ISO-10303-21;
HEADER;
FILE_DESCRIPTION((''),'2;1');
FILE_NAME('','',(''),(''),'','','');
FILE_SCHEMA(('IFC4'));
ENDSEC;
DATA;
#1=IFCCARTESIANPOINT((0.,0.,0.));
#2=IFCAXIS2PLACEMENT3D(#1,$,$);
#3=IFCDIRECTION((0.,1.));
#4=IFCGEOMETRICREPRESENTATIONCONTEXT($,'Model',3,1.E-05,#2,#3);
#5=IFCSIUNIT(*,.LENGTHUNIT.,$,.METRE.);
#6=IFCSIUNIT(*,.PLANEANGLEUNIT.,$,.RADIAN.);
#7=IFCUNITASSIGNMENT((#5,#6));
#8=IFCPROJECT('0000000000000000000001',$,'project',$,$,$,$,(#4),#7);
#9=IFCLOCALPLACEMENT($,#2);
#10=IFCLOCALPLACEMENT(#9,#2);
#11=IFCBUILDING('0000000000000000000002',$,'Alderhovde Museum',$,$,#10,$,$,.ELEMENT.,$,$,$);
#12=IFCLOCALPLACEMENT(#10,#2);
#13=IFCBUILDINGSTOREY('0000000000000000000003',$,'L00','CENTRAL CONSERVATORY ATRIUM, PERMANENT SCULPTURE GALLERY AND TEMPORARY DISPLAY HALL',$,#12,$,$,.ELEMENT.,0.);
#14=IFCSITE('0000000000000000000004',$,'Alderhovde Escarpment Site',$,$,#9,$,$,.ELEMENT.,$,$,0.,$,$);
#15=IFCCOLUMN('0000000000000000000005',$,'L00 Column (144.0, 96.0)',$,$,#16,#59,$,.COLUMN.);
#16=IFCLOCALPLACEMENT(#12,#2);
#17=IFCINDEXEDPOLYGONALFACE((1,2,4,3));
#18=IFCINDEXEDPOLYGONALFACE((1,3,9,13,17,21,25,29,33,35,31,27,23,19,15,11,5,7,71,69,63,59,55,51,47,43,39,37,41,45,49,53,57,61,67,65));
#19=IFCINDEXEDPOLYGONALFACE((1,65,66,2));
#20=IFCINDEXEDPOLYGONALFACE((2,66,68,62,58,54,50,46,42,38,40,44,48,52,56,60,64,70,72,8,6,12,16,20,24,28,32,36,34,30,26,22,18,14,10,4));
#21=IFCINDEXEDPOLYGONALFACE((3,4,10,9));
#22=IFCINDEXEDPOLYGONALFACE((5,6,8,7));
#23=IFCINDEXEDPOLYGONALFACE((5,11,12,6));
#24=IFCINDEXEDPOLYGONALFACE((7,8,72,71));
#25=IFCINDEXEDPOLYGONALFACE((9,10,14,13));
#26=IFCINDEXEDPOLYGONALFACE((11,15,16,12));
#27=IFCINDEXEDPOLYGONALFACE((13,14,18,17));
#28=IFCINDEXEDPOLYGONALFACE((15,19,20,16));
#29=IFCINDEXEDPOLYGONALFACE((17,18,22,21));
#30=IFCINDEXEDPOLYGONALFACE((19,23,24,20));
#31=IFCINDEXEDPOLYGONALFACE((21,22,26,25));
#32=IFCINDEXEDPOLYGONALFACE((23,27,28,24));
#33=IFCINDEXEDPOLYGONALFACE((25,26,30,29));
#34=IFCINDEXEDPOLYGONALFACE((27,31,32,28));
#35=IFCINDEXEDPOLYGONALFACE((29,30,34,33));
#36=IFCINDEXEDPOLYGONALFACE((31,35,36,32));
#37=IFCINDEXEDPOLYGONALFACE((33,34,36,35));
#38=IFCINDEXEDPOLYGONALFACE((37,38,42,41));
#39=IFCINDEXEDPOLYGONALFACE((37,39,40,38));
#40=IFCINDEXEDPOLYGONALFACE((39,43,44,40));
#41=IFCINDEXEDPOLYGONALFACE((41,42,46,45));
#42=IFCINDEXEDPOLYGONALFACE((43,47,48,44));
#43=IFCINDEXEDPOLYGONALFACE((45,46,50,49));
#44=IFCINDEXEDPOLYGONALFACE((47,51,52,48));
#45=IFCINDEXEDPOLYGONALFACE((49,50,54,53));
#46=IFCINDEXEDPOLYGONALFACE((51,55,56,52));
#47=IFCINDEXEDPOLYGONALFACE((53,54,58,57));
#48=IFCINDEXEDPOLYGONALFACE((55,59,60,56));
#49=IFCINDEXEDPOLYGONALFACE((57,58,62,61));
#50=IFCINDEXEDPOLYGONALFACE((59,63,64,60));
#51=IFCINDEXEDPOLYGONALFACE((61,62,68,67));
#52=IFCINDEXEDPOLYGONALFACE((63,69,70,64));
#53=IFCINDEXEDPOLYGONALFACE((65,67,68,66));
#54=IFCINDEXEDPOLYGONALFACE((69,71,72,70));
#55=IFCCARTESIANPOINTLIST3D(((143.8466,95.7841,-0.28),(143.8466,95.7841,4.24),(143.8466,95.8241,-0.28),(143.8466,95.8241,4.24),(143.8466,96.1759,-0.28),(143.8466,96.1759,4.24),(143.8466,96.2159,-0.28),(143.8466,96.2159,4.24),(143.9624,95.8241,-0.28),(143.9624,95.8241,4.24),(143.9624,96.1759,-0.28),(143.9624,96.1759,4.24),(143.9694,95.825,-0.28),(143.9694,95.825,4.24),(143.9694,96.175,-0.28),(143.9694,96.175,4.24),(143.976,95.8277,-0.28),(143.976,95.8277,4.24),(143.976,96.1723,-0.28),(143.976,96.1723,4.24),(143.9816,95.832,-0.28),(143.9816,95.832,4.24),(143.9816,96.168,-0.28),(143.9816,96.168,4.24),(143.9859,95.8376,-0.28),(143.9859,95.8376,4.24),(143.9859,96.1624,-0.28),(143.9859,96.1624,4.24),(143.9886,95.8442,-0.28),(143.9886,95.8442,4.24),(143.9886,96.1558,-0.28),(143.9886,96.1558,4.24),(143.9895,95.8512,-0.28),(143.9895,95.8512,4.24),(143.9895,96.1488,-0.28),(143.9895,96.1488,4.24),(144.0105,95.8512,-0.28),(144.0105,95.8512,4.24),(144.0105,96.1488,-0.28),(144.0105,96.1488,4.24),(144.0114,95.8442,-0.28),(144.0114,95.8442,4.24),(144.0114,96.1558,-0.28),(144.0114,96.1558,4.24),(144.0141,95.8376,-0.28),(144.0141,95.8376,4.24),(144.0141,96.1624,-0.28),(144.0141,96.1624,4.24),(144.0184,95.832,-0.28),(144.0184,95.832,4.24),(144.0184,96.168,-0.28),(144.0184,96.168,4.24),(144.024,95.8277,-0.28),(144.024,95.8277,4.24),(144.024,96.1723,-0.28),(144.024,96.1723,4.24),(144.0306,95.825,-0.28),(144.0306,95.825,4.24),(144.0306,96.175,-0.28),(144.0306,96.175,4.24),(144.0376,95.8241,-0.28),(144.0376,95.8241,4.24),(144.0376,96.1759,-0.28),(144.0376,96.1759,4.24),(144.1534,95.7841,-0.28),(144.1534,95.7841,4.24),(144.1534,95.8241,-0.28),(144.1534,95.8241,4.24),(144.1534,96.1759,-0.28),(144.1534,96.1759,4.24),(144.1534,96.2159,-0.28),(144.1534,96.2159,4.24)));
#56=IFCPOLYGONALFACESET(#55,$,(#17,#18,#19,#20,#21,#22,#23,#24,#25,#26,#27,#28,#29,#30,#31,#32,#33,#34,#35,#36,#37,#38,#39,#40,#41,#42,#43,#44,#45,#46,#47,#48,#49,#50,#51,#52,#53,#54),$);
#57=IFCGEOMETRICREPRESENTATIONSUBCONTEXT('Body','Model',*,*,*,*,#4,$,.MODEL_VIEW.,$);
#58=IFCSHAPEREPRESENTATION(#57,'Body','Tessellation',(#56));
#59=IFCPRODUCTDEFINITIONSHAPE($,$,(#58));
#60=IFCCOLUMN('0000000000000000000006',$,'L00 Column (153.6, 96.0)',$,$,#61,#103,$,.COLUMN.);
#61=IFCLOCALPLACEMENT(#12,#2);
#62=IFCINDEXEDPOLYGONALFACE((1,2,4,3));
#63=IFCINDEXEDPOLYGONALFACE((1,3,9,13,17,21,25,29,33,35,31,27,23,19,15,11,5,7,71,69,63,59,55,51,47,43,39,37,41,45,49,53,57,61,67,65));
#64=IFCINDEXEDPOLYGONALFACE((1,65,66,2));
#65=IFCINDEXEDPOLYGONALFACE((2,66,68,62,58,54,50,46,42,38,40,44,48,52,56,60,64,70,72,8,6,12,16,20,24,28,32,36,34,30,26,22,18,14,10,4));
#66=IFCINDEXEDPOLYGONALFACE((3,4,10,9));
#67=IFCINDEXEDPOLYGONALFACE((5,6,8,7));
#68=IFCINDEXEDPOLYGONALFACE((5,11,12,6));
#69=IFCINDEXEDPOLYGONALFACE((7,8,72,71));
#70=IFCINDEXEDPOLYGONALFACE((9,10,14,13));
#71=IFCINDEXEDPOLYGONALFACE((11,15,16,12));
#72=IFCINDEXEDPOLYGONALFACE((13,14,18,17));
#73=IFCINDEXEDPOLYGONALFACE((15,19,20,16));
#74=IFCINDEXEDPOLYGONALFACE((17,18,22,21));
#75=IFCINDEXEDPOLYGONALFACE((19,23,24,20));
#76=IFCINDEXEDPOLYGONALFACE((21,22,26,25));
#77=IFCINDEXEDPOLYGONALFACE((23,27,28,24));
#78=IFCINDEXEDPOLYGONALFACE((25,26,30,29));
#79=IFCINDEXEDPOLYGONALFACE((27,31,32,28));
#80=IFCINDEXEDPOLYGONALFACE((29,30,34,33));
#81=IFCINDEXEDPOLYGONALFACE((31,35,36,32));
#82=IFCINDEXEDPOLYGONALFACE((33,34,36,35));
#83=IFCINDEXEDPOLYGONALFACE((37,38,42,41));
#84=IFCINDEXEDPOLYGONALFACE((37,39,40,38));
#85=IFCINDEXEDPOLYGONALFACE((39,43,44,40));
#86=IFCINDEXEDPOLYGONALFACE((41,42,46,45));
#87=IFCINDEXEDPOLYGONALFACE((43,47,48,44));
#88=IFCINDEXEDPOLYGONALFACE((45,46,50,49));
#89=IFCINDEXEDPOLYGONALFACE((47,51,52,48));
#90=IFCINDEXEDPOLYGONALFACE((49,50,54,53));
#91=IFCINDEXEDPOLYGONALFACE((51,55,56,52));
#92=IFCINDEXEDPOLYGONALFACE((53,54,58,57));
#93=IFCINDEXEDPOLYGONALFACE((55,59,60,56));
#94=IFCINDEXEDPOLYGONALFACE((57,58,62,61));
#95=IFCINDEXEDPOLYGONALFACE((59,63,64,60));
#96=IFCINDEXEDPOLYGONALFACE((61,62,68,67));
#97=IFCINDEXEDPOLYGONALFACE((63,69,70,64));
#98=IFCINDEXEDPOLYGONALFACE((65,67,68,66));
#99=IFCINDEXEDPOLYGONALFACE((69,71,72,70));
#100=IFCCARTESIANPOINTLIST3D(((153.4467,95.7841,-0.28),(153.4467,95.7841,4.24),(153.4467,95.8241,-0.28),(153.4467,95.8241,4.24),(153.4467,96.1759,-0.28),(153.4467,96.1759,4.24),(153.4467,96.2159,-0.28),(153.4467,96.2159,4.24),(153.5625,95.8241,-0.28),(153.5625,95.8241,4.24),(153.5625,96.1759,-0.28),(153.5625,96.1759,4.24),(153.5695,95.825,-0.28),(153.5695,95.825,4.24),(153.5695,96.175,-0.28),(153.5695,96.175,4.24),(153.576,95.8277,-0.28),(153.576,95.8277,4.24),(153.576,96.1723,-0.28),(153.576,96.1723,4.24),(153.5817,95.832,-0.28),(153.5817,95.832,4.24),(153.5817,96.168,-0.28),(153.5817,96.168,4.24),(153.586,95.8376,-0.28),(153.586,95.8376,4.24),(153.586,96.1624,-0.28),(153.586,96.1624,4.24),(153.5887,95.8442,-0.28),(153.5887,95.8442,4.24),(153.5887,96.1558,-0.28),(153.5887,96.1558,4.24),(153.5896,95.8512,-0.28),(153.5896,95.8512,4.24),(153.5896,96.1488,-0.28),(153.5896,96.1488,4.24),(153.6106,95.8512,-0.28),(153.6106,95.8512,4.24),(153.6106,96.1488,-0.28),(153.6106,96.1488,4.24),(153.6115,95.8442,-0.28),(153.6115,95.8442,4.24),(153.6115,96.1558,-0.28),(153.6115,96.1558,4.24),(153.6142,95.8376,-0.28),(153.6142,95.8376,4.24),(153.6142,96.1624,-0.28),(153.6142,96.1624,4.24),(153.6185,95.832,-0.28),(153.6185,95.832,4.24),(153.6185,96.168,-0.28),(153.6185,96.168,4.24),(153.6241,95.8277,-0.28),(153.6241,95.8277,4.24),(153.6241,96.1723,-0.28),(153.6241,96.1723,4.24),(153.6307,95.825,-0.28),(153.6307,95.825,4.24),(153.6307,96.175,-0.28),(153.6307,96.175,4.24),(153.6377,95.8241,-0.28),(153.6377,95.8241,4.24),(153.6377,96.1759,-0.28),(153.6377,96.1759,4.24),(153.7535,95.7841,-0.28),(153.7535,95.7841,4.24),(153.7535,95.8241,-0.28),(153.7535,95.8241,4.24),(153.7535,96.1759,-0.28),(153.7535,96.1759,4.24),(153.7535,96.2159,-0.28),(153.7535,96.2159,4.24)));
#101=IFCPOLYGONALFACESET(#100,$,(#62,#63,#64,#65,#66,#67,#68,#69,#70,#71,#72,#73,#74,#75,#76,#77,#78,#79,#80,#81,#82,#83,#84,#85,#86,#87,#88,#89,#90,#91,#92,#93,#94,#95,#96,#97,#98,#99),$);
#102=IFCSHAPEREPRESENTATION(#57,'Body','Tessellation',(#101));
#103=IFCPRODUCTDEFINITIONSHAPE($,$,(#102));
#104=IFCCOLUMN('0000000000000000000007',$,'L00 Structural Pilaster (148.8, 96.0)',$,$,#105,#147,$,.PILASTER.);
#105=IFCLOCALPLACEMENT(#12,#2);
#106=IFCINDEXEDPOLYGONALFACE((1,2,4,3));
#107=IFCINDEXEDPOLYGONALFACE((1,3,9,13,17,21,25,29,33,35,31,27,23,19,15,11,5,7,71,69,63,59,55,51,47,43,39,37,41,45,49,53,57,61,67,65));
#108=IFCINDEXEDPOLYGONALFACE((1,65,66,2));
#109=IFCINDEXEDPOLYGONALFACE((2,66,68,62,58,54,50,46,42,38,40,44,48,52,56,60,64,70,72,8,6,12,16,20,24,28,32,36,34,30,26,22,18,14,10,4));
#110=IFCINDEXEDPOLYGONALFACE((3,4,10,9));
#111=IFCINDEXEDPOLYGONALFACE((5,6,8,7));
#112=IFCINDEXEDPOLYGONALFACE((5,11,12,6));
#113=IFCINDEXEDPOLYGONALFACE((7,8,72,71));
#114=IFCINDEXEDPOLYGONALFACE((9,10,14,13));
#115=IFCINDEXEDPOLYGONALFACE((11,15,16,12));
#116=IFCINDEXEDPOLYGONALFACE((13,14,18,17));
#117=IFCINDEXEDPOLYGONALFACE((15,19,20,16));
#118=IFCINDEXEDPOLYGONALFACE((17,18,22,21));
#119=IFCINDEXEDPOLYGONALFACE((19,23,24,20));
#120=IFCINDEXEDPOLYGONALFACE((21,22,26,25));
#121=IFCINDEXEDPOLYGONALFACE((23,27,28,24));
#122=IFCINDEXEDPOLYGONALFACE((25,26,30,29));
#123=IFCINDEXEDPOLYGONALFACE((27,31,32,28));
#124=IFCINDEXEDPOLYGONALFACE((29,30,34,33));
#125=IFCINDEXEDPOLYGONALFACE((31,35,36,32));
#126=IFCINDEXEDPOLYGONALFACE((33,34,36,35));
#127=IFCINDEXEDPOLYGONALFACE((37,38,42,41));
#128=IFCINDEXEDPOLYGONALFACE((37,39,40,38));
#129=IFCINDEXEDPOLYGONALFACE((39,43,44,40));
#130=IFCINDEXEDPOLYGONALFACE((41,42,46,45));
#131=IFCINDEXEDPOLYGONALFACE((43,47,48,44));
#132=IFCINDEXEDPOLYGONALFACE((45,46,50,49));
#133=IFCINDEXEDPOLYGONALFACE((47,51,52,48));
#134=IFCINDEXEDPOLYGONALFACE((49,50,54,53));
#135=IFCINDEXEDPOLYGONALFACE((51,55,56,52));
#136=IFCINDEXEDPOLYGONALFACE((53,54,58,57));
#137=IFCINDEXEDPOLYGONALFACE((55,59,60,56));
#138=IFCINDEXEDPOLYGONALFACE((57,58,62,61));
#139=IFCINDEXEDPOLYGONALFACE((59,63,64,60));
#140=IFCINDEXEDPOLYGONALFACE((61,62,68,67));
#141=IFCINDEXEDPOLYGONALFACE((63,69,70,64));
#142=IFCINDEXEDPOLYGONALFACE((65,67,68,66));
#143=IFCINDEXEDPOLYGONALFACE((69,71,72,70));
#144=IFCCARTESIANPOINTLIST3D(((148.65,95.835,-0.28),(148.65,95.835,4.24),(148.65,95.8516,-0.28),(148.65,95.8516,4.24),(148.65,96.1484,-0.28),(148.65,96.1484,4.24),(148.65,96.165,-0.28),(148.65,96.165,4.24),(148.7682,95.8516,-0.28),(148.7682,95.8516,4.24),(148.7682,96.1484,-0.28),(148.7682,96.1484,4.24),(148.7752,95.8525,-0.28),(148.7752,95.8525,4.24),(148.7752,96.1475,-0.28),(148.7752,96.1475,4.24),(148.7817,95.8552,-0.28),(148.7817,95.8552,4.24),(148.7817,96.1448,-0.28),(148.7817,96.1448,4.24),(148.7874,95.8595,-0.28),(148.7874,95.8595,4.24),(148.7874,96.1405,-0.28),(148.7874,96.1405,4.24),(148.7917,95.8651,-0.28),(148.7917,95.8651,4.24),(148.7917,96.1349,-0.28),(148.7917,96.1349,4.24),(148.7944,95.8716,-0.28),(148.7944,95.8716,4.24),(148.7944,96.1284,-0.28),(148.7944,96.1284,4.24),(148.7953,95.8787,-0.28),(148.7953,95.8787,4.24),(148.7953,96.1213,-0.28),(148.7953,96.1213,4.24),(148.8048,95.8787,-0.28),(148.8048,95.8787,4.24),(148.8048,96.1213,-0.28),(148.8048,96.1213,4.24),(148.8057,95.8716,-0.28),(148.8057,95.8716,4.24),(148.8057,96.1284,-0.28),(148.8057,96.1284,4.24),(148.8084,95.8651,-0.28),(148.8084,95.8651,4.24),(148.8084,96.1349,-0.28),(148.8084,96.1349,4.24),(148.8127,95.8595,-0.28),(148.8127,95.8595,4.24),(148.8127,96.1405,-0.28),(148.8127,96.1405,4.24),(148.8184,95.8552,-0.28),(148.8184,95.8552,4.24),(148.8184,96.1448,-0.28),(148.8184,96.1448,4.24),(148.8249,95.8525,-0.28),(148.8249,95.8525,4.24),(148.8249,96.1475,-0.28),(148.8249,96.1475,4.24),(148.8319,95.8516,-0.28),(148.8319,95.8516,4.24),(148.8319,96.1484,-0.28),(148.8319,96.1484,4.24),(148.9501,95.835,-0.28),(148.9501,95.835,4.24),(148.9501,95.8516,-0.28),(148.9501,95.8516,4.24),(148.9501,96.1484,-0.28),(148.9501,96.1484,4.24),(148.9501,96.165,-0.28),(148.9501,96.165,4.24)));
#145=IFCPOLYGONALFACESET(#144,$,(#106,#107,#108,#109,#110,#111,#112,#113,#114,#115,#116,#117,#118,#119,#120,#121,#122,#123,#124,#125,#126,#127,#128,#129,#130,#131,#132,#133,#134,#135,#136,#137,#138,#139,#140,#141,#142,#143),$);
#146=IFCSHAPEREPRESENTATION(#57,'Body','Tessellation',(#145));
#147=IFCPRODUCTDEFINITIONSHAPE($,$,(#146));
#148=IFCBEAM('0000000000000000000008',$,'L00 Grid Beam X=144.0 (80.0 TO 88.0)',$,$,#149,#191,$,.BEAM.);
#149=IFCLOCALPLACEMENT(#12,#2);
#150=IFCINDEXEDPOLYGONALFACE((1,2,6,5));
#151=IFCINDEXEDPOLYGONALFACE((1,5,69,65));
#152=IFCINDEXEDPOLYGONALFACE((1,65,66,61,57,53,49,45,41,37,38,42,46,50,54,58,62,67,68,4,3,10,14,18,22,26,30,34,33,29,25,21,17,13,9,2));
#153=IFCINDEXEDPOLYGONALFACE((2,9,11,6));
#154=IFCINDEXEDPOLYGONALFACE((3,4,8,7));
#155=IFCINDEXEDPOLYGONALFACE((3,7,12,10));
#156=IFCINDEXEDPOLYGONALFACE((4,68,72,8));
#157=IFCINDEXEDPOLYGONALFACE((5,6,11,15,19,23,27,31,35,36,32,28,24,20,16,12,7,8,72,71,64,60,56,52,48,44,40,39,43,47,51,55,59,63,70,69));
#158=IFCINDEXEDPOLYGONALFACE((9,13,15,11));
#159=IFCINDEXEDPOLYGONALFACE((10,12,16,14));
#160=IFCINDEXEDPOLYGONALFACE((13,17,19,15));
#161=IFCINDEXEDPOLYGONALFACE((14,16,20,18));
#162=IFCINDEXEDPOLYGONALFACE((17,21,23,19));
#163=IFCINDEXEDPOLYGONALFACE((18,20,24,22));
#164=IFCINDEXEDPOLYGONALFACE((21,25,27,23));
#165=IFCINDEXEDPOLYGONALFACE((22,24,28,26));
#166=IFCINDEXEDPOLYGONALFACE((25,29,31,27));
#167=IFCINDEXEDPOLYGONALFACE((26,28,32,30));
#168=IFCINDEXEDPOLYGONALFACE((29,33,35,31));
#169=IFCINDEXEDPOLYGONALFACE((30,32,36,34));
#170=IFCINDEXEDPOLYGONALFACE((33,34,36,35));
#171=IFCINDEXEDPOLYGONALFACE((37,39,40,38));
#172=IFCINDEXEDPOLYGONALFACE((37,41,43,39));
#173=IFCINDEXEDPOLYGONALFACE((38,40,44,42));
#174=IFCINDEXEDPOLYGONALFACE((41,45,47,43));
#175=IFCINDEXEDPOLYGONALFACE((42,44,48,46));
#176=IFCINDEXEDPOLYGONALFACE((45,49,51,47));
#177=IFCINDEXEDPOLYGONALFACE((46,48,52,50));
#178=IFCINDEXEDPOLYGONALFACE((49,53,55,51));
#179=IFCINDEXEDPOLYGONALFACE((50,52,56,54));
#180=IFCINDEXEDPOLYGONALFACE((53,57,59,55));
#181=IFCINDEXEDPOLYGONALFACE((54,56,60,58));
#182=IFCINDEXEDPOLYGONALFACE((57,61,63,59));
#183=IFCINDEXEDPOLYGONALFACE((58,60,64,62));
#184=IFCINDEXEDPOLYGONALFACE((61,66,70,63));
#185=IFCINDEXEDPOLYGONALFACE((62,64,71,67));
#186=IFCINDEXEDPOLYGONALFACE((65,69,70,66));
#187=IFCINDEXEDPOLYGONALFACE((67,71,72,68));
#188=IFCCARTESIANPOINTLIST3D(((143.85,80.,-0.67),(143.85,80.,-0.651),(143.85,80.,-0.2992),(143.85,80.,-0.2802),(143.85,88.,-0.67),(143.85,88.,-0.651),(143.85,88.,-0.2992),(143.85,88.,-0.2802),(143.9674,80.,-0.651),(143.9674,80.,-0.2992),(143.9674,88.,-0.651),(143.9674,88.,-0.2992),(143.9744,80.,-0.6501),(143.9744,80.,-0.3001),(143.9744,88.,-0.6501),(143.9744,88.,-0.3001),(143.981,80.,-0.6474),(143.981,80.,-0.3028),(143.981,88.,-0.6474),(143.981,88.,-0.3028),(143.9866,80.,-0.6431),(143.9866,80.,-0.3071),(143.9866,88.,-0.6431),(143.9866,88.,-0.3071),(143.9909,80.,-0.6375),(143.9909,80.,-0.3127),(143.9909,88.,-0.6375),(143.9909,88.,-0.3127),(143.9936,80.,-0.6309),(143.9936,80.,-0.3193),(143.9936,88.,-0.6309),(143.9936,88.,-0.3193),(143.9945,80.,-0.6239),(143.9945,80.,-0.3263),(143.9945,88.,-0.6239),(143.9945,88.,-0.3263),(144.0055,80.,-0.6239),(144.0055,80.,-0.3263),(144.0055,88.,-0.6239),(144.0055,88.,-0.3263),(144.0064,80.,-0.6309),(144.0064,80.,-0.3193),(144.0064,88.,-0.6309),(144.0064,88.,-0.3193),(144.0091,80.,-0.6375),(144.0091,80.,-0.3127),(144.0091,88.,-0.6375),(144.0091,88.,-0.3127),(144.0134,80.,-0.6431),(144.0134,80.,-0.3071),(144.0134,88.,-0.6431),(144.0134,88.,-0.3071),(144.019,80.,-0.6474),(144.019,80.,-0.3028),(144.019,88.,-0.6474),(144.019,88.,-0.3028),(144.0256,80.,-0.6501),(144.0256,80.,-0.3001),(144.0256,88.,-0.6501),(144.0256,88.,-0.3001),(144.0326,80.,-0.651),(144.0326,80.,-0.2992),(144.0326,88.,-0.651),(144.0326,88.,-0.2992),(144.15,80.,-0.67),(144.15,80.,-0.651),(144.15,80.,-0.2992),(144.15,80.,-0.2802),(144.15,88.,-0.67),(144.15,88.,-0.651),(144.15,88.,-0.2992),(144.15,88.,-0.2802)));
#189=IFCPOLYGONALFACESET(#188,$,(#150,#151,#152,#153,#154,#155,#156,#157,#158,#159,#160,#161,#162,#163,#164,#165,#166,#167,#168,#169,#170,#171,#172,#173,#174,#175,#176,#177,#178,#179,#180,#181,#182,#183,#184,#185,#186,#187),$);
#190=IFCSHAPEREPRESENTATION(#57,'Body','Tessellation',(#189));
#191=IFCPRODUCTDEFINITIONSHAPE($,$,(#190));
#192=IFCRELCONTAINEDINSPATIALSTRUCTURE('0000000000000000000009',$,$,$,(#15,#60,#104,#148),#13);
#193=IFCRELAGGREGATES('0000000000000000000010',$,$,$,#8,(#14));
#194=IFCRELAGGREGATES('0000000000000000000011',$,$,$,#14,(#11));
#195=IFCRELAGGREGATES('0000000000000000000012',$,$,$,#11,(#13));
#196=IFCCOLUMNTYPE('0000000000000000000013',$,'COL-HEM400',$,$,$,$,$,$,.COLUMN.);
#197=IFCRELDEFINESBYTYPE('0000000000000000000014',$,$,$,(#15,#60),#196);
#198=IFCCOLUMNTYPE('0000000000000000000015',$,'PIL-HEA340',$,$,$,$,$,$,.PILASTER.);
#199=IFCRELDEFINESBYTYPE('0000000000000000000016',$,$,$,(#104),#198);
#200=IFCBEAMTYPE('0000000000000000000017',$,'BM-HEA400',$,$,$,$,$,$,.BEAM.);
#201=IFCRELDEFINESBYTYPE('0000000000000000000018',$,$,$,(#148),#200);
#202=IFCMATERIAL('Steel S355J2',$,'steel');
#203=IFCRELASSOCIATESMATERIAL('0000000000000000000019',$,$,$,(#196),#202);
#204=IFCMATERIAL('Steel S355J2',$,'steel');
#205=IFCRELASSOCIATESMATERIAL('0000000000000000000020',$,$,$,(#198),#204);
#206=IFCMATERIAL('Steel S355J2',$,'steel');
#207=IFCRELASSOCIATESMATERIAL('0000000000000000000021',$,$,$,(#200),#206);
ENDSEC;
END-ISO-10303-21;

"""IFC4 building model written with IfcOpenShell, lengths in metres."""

from ifc_helpers import new_model, si_unit, direction, frame, origin, origin_2d, place, context, subcontext, project, spatial, i_section, extrude, material, material_profile, profile_set, type_object, element, save


model = new_model("IFC4")

# Units and contexts
model_context = context("Model", 3, precision=1e-05, world=origin(), true_north=direction((0.0, 1.0)))
body_context = subcontext(model_context, "Body", "Model", "MODEL_VIEW")
ifc_project = project(units=[si_unit("LENGTHUNIT", "METRE"), si_unit("PLANEANGLEUNIT", "RADIAN")], contexts=[model_context])

# Site, building, storey
site_placement = place(None, origin())
site = spatial("IfcSite", under=ifc_project, at=site_placement, Name="Alderhovde Escarpment Site", CompositionType="ELEMENT", RefElevation=0.0)
building_placement = place(site_placement, origin())
building = spatial("IfcBuilding", under=site, at=building_placement, Name="Alderhovde Museum", CompositionType="ELEMENT")
storey_placement = place(building_placement, origin())
storey = spatial("IfcBuildingStorey", under=building, at=storey_placement, Name="L00", Description="CENTRAL CONSERVATORY ATRIUM, PERMANENT SCULPTURE GALLERY AND TEMPORARY DISPLAY HALL", CompositionType="ELEMENT", Elevation=0.0)

# Columns
ifc_material_1 = material(Name="Steel S355J2", Category="steel")
ifc_material_profile_1 = material_profile(ifc_material_1, i_section(OverallWidth=0.3069, OverallDepth=0.4319, WebThickness=0.021, FlangeThickness=0.04, FilletRadius=0.0271, at=origin_2d()), Name="HEM 400")
ifc_profile_set_1 = profile_set([ifc_material_profile_1], Name="Steel S355J2")
column_type_1 = type_object("IfcColumnType", Name="COL-HEM400", PredefinedType="COLUMN", material=ifc_profile_set_1)
for number, where, z_axis, x_axis, name in (
    (1, (144.0, 96.0, -0.28), (0.0, 0.0, 1.0), (1.0, 0.0, 0.0), "L00 Column (144.0, 96.0)"),
    (2, (153.6001, 96.0, -0.28), (0.0, 0.0, 1.0), (1.0, 0.0, 0.0), "L00 Column (153.6, 96.0)"),
):
    element("IfcColumn", number, at=place(storey_placement, frame(where, z_axis=z_axis, x_axis=x_axis)), inside=storey, type_object=column_type_1, Name=name, PredefinedType="COLUMN", context=body_context, shape_type="SweptSolid", body=[
        extrude(i_section(OverallWidth=0.3069, OverallDepth=0.4319, WebThickness=0.021, FlangeThickness=0.04, FilletRadius=0.0271, at=origin_2d()), origin(), (0.0, 0.0, 1.0), 4.52),
    ])
ifc_material_2 = material(Name="Steel S355J2", Category="steel")
ifc_material_profile_2 = material_profile(ifc_material_2, i_section(OverallWidth=0.3, OverallDepth=0.3301, WebThickness=0.0095, FlangeThickness=0.0166, FilletRadius=0.0271, at=origin_2d()), Name="HEA 340")
ifc_profile_set_2 = profile_set([ifc_material_profile_2], Name="Steel S355J2")
column_type_2 = type_object("IfcColumnType", Name="PIL-HEA340", PredefinedType="PILASTER", material=ifc_profile_set_2)
column_placement = place(storey_placement, frame((148.8, 96.0, -0.28), z_axis=(0.0, 0.0, 1.0), x_axis=(1.0, 0.0, 0.0)))
element("IfcColumn", 3, at=column_placement, inside=storey, type_object=column_type_2, Name="L00 Structural Pilaster (148.8, 96.0)", PredefinedType="PILASTER", context=body_context, shape_type="SweptSolid", body=[
    extrude(i_section(OverallWidth=0.3, OverallDepth=0.3301, WebThickness=0.0095, FlangeThickness=0.0166, FilletRadius=0.0271, at=origin_2d()), origin(), (0.0, 0.0, 1.0), 4.52),
])

# Beam
ifc_material_3 = material(Name="Steel S355J2", Category="steel")
ifc_material_profile_3 = material_profile(ifc_material_3, i_section(OverallWidth=0.3, OverallDepth=0.3899, WebThickness=0.011, FlangeThickness=0.019, FilletRadius=0.0271, at=origin_2d()), Name="HEA 400")
ifc_profile_set_3 = profile_set([ifc_material_profile_3], Name="Steel S355J2")
beam_type_1 = type_object("IfcBeamType", Name="BM-HEA400", PredefinedType="BEAM", material=ifc_profile_set_3)
for number, where, z_axis, x_axis, name in (
    (4, (144.0, 80.0, -0.4751), (0.0, 1.0, 0.0), (-1.0, 0.0, 0.0), "L00 Grid Beam X=144.0 (80.0 TO 88.0)"),
):
    element("IfcBeam", number, at=place(storey_placement, frame(where, z_axis=z_axis, x_axis=x_axis)), inside=storey, type_object=beam_type_1, Name=name, PredefinedType="BEAM", context=body_context, shape_type="SweptSolid", body=[
        extrude(i_section(OverallWidth=0.3, OverallDepth=0.3899, WebThickness=0.011, FlangeThickness=0.019, FilletRadius=0.0271, at=origin_2d()), origin(), (0.0, 0.0, 1.0), 8.0),
    ])

save(model, "model.ifc")
